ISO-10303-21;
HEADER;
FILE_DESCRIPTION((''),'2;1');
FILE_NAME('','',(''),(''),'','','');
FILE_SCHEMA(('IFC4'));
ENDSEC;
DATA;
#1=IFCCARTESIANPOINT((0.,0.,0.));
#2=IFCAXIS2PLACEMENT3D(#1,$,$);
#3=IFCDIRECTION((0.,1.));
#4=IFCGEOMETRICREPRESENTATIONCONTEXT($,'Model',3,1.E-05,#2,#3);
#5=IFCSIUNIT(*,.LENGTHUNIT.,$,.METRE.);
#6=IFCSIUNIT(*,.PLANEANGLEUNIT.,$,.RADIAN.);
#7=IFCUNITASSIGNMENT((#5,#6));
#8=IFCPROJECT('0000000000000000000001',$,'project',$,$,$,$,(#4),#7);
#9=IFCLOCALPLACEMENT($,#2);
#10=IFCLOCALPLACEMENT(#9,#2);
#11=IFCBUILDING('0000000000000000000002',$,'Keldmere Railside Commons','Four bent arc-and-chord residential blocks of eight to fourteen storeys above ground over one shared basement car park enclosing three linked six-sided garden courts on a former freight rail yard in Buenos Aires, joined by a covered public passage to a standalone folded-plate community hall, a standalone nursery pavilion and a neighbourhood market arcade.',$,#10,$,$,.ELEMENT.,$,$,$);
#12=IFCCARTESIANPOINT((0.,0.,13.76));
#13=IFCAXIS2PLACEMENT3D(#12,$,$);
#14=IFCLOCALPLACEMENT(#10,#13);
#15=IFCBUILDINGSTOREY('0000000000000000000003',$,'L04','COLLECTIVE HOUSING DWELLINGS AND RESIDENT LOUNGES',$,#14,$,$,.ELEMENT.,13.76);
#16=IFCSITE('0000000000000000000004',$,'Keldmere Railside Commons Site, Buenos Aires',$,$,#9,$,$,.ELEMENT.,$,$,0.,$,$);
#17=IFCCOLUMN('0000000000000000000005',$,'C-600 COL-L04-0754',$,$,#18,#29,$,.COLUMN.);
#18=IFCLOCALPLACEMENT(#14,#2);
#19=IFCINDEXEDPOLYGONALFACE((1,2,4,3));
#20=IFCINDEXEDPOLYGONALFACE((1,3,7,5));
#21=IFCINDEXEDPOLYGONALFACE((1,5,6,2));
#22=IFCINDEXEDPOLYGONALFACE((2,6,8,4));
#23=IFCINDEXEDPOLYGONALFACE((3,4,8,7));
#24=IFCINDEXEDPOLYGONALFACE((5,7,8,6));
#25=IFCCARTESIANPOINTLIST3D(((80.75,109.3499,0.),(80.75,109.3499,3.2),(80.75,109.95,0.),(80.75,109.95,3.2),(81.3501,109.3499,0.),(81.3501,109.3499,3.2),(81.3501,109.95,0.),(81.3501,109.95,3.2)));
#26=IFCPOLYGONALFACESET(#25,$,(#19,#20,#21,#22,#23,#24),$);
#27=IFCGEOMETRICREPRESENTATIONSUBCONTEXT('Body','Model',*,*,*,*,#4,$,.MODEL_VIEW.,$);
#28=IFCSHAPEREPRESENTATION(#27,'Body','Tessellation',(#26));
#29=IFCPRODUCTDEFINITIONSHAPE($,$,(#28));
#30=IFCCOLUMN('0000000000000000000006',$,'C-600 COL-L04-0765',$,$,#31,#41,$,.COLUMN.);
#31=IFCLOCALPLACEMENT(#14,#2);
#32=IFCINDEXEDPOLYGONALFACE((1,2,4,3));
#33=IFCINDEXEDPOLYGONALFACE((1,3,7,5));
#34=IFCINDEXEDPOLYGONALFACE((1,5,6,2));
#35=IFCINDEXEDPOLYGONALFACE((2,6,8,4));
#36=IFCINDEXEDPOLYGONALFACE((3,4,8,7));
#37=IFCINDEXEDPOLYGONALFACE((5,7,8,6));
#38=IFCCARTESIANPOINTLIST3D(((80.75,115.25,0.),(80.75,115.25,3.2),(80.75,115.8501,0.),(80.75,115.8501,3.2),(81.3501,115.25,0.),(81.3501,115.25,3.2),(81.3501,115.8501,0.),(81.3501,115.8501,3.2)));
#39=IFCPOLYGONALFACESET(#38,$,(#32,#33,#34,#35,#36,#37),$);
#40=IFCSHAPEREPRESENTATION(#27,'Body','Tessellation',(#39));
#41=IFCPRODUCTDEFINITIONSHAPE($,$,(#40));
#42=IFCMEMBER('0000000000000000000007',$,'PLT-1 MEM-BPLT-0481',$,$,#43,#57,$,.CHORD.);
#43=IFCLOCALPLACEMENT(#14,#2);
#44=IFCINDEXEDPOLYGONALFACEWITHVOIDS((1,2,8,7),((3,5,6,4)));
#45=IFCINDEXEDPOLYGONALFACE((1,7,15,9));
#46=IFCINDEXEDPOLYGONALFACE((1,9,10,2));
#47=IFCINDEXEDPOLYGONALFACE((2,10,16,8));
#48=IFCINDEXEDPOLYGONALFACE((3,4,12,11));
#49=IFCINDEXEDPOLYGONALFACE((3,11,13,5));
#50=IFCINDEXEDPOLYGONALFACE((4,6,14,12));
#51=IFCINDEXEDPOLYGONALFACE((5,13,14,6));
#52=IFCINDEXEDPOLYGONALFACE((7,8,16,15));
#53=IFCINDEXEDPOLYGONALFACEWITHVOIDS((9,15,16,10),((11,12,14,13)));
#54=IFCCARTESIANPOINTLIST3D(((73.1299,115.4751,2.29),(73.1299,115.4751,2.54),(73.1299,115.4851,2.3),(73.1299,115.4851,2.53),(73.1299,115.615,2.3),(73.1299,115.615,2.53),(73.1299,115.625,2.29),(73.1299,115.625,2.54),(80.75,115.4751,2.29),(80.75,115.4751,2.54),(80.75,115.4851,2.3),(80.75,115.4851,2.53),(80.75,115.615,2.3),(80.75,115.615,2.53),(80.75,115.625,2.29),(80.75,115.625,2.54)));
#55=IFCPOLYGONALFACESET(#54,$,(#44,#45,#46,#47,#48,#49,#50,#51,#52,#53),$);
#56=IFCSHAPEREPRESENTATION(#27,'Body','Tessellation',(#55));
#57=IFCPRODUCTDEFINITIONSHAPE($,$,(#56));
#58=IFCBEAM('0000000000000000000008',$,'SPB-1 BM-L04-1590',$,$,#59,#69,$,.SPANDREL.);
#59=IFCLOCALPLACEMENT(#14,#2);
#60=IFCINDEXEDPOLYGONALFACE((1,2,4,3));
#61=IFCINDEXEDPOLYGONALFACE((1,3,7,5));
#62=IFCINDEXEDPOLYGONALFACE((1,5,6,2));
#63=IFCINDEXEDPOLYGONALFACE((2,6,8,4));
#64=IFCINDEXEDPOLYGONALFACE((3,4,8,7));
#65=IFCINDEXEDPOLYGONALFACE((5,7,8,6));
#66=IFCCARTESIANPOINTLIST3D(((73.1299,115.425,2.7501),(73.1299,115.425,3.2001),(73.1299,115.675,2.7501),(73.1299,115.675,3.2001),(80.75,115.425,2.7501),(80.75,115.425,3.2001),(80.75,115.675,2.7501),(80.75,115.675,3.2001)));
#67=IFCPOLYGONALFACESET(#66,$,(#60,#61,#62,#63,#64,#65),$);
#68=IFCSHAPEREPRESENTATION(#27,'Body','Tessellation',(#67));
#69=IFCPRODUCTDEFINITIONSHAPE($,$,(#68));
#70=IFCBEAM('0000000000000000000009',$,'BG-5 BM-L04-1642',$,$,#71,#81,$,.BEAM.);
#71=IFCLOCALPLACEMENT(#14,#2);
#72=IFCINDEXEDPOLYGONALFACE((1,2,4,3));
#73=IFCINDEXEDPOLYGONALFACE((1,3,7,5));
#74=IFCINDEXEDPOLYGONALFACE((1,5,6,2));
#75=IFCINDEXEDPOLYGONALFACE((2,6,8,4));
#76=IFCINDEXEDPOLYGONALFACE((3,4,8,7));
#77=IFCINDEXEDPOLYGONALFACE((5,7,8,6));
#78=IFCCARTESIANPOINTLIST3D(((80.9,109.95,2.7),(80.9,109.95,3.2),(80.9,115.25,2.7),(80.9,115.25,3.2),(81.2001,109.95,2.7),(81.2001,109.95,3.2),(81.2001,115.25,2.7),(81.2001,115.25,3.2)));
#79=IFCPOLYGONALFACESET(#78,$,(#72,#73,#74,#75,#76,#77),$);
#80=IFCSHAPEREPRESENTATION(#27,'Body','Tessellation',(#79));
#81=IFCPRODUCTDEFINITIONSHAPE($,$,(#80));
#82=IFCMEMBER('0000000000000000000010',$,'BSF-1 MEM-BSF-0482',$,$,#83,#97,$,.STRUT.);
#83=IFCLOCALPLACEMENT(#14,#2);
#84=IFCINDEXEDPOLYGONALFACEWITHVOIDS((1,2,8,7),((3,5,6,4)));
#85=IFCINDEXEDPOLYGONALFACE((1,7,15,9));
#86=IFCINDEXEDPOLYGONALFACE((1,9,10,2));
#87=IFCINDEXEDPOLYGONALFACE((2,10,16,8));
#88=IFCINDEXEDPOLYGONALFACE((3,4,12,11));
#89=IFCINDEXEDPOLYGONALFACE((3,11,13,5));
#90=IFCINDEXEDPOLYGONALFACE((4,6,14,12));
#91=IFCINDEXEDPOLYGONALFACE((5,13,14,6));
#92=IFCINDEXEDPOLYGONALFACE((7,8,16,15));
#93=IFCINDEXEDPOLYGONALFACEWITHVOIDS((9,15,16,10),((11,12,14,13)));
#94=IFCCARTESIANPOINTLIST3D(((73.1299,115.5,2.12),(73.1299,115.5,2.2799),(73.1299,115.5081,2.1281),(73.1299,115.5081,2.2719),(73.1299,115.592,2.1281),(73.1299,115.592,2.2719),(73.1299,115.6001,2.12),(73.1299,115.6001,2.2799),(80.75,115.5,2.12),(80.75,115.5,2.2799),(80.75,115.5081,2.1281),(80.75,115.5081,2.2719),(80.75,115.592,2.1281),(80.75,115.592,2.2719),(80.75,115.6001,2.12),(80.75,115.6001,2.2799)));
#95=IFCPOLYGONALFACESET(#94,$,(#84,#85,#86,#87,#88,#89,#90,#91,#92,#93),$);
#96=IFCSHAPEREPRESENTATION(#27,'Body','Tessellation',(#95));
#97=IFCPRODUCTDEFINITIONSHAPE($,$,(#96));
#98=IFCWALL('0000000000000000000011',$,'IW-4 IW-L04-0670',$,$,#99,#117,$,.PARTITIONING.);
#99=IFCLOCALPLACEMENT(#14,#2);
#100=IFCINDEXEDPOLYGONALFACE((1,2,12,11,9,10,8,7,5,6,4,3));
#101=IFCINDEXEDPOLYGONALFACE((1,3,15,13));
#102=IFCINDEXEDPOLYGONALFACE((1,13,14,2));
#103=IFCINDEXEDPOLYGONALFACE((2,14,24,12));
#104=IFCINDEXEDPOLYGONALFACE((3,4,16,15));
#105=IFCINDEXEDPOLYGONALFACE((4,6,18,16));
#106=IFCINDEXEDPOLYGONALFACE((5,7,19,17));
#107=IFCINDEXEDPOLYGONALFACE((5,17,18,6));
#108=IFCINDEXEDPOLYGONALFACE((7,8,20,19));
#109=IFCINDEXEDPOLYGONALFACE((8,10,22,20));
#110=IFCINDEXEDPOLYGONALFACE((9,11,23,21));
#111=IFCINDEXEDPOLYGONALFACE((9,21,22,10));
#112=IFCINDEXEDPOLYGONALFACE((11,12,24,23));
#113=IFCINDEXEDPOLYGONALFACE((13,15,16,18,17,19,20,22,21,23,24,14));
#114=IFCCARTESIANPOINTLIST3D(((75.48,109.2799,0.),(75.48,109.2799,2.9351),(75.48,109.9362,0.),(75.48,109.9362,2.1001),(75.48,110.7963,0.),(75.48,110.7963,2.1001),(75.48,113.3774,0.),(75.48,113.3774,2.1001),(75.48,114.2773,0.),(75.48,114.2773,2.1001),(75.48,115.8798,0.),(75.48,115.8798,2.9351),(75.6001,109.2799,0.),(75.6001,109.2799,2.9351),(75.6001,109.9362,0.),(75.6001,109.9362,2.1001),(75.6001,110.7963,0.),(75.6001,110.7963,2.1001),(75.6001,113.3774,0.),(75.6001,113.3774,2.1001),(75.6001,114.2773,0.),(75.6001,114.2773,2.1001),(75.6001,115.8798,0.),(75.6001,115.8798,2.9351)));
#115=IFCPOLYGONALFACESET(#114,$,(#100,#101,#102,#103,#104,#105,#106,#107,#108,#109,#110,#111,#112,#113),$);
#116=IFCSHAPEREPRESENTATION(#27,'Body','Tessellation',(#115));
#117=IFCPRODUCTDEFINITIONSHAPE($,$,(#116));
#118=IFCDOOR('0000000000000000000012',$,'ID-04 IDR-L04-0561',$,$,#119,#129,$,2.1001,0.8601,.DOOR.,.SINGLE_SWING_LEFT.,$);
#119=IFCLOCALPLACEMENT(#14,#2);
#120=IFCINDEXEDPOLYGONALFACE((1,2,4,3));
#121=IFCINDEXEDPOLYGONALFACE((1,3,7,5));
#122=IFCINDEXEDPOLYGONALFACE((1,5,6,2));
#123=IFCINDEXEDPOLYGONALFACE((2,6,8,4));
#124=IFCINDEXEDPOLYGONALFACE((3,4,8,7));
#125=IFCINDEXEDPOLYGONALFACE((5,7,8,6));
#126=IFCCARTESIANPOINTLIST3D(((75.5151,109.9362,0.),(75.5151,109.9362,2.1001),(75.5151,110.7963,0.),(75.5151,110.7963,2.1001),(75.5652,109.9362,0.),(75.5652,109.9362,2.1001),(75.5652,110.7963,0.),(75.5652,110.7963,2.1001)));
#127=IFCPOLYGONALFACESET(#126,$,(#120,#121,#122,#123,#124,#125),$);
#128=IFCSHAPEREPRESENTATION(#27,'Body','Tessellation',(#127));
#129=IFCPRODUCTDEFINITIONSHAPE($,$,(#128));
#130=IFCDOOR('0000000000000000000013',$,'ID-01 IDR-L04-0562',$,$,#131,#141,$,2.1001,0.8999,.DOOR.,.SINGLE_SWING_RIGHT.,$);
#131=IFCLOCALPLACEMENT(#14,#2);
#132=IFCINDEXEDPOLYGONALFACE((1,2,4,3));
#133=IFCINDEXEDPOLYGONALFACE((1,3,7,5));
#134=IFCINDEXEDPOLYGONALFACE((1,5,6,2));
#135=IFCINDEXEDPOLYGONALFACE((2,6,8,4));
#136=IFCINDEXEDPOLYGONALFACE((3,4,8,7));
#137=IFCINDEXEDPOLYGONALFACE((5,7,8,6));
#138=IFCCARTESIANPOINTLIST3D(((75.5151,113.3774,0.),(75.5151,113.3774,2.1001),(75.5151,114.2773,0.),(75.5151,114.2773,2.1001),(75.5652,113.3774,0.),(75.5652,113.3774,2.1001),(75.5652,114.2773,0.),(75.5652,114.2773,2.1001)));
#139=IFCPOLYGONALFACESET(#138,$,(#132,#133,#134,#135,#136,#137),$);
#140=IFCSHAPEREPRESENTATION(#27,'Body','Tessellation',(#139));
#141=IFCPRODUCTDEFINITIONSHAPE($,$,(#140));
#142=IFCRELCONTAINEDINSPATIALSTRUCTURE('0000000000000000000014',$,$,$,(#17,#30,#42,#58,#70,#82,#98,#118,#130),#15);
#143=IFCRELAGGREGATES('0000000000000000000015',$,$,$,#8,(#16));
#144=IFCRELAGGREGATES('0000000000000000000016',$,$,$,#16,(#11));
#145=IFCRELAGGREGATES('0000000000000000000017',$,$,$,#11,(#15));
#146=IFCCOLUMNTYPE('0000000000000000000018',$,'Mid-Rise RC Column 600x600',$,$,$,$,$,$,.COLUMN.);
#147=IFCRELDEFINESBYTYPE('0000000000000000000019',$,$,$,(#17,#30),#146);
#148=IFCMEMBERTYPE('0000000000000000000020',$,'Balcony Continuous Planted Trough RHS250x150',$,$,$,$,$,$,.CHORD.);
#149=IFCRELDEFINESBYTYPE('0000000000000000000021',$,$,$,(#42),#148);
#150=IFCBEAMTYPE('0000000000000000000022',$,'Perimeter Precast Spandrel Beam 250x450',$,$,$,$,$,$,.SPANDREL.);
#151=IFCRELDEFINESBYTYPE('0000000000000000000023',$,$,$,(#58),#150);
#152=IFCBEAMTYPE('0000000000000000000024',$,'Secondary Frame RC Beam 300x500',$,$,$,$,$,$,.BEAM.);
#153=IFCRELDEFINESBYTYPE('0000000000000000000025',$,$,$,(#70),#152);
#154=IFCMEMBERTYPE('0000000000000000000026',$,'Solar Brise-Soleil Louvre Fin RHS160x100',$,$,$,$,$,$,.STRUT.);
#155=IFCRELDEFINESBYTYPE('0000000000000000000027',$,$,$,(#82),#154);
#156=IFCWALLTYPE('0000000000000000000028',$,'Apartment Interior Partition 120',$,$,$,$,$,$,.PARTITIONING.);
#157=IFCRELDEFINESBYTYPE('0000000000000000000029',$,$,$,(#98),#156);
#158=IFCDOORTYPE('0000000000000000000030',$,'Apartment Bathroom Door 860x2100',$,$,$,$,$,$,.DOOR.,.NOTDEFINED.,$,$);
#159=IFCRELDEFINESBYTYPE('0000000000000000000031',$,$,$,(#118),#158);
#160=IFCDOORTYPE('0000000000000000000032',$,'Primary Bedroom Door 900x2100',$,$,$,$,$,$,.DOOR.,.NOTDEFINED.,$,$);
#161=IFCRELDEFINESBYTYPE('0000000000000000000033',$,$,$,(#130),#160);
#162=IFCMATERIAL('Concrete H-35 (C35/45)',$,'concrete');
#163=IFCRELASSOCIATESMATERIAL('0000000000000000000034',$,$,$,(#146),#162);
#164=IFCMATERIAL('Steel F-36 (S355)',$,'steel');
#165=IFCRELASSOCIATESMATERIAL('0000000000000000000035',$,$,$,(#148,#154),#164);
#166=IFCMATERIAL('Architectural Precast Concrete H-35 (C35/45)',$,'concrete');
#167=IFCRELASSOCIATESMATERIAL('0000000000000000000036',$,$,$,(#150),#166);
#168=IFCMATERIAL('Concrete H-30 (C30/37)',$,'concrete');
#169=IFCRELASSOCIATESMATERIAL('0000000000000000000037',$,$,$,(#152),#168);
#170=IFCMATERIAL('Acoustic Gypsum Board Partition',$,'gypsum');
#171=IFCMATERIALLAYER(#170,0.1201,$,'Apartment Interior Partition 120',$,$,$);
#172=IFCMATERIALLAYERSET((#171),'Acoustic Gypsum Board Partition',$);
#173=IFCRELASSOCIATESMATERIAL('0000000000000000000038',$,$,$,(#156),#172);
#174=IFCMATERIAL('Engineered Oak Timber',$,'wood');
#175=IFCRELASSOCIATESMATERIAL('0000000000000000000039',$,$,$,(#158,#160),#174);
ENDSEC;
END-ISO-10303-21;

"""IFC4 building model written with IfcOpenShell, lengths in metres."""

from ifc_helpers import new_model, si_unit, direction, frame, frame_2d, origin, origin_2d, place, context, subcontext, project, spatial, rectangle, hollow_rectangle, extrude, material, layer, layer_set, material_profile, profile_set, type_object, element, fill, save


model = new_model("IFC4")

# Units and contexts
model_context = context("Model", 3, precision=1e-05, world=origin(), true_north=direction((0.0, 1.0)))
body_context = subcontext(model_context, "Body", "Model", "MODEL_VIEW")
ifc_project = project(units=[si_unit("LENGTHUNIT", "METRE"), si_unit("PLANEANGLEUNIT", "RADIAN")], contexts=[model_context])

# Site, building, storey
site_placement = place(None, origin())
site = spatial("IfcSite", under=ifc_project, at=site_placement, Name="Keldmere Railside Commons Site, Buenos Aires", CompositionType="ELEMENT", RefElevation=0.0)
building_placement = place(site_placement, origin())
building = spatial("IfcBuilding", under=site, at=building_placement, Name="Keldmere Railside Commons", Description="Four bent arc-and-chord residential blocks of eight to fourteen storeys above ground over one shared basement car park enclosing three linked six-sided garden courts on a former freight rail yard in Buenos Aires, joined by a covered public passage to a standalone folded-plate community hall, a standalone nursery pavilion and a neighbourhood market arcade.", CompositionType="ELEMENT")
storey_placement = place(building_placement, frame((0.0, 0.0, 13.76)))
storey = spatial("IfcBuildingStorey", under=building, at=storey_placement, Name="L04", Description="COLLECTIVE HOUSING DWELLINGS AND RESIDENT LOUNGES", CompositionType="ELEMENT", Elevation=13.76)

# Columns
ifc_material_1 = material(Name="Concrete H-35 (C35/45)", Category="concrete")
ifc_material_profile_1 = material_profile(ifc_material_1, rectangle(XDim=0.6001, YDim=0.6001, at=origin_2d()), Name="RC-600x600")
ifc_profile_set_1 = profile_set([ifc_material_profile_1], Name="Concrete H-35 (C35/45)")
column_type = type_object("IfcColumnType", Name="Mid-Rise RC Column 600x600", PredefinedType="COLUMN", material=ifc_profile_set_1)
for number, where, z_axis, x_axis, name in (
    (1, (81.05, 109.6499, 0.0), (0.0, 0.0, 1.0), (1.0, 0.0, 0.0), "C-600 COL-L04-0754"),
    (2, (81.05, 115.55, 0.0), (0.0, 0.0, 1.0), (1.0, 0.0, 0.0), "C-600 COL-L04-0765"),
):
    element("IfcColumn", number, at=place(storey_placement, frame(where, z_axis=z_axis, x_axis=x_axis)), inside=storey, type_object=column_type, Name=name, PredefinedType="COLUMN", context=body_context, shape_type="SweptSolid", body=[
        extrude(rectangle(XDim=0.6001, YDim=0.6001, at=origin_2d()), origin(), (0.0, 0.0, 1.0), 3.2),
    ])

# Member
ifc_material_2 = material(Name="Steel F-36 (S355)", Category="steel")
ifc_material_profile_2 = material_profile(ifc_material_2, hollow_rectangle(XDim=0.1499, YDim=0.25, WallThickness=0.01, at=origin_2d()), Name="RHS-250x150x10")
ifc_profile_set_2 = profile_set([ifc_material_profile_2], Name="Steel F-36 (S355)")
member_type_1 = type_object("IfcMemberType", Name="Balcony Continuous Planted Trough RHS250x150", PredefinedType="CHORD", material=ifc_profile_set_2)
member_1_placement = place(storey_placement, frame((73.1299, 115.55, 2.415), z_axis=(1.0, 0.0, 0.0), x_axis=(0.0, 1.0, 0.0)))
element("IfcMember", 3, at=member_1_placement, inside=storey, type_object=member_type_1, Name="PLT-1 MEM-BPLT-0481", PredefinedType="CHORD", context=body_context, shape_type="SweptSolid", body=[
    extrude(hollow_rectangle(XDim=0.1499, YDim=0.25, WallThickness=0.01, at=origin_2d()), origin(), (0.0, 0.0, 1.0), 7.6201),
])

# Beams
ifc_material_3 = material(Name="Architectural Precast Concrete H-35 (C35/45)", Category="concrete")
ifc_material_profile_3 = material_profile(ifc_material_3, rectangle(XDim=0.25, YDim=0.45, at=origin_2d()), Name="RC-250x450")
ifc_profile_set_3 = profile_set([ifc_material_profile_3], Name="Architectural Precast Concrete H-35 (C35/45)")
beam_type_1 = type_object("IfcBeamType", Name="Perimeter Precast Spandrel Beam 250x450", PredefinedType="SPANDREL", material=ifc_profile_set_3)
beam_1_placement = place(storey_placement, frame((73.1299, 115.55, 2.9751), z_axis=(1.0, 0.0, 0.0), x_axis=(0.0, 1.0, 0.0)))
element("IfcBeam", 4, at=beam_1_placement, inside=storey, type_object=beam_type_1, Name="SPB-1 BM-L04-1590", PredefinedType="SPANDREL", context=body_context, shape_type="SweptSolid", body=[
    extrude(rectangle(XDim=0.25, YDim=0.45, at=origin_2d()), origin(), (0.0, 0.0, 1.0), 7.6201),
])
ifc_material_4 = material(Name="Concrete H-30 (C30/37)", Category="concrete")
ifc_material_profile_4 = material_profile(ifc_material_4, rectangle(XDim=0.3, YDim=0.5, at=origin_2d()), Name="RC-300x500")
ifc_profile_set_4 = profile_set([ifc_material_profile_4], Name="Concrete H-30 (C30/37)")
beam_type_2 = type_object("IfcBeamType", Name="Secondary Frame RC Beam 300x500", PredefinedType="BEAM", material=ifc_profile_set_4)
beam_2_placement = place(storey_placement, frame((81.05, 109.95, 2.95), z_axis=(0.0, 1.0, 0.0), x_axis=(-1.0, 0.0, 0.0)))
element("IfcBeam", 5, at=beam_2_placement, inside=storey, type_object=beam_type_2, Name="BG-5 BM-L04-1642", PredefinedType="BEAM", context=body_context, shape_type="SweptSolid", body=[
    extrude(rectangle(XDim=0.3, YDim=0.5, at=origin_2d()), origin(), (0.0, 0.0, 1.0), 5.3),
])

# Member
ifc_material_profile_5 = material_profile(ifc_material_2, hollow_rectangle(XDim=0.1001, YDim=0.1599, WallThickness=0.0081, at=origin_2d()), Name="RHS-160x100x8")
ifc_profile_set_5 = profile_set([ifc_material_profile_5], Name="Steel F-36 (S355)")
member_type_2 = type_object("IfcMemberType", Name="Solar Brise-Soleil Louvre Fin RHS160x100", PredefinedType="STRUT", material=ifc_profile_set_5)
member_2_placement = place(storey_placement, frame((73.1299, 115.55, 2.2), z_axis=(1.0, 0.0, 0.0), x_axis=(0.0, 1.0, 0.0)))
element("IfcMember", 6, at=member_2_placement, inside=storey, type_object=member_type_2, Name="BSF-1 MEM-BSF-0482", PredefinedType="STRUT", context=body_context, shape_type="SweptSolid", body=[
    extrude(hollow_rectangle(XDim=0.1001, YDim=0.1599, WallThickness=0.0081, at=origin_2d()), origin(), (0.0, 0.0, 1.0), 7.6201),
])

# Wall, openings, doors
ifc_material_5 = material(Name="Acoustic Gypsum Board Partition", Category="gypsum")
ifc_layer_1 = layer(ifc_material_5, 0.1201, Name="Apartment Interior Partition 120")
ifc_layer_set_1 = layer_set([ifc_layer_1], Name="Acoustic Gypsum Board Partition")
wall_type_1 = type_object("IfcWallType", Name="Apartment Interior Partition 120", PredefinedType="PARTITIONING", material=ifc_layer_set_1)
wall_1_placement = place(storey_placement, frame((75.54, 109.28, 0.0), z_axis=(0.0, 0.0, 1.0), x_axis=(0.0, 1.0, 0.0)))
wall_1 = element("IfcWall", 7, at=wall_1_placement, inside=storey, type_object=wall_type_1, Name="IW-4 IW-L04-0670", PredefinedType="PARTITIONING", context=body_context, shape_type="SweptSolid", body=[
    extrude(rectangle(XDim=6.5999, YDim=0.1201, at=frame_2d((3.2998, 0.0))), origin(), (0.0, 0.0, 1.0), 2.9351),
])
opening_1_placement = place(wall_1_placement, frame((0.656, 0.0, 0.0)))
opening_1 = element("IfcOpeningElement", 8, at=opening_1_placement, cuts=wall_1, PredefinedType="OPENING", context=body_context, shape_type="SweptSolid", body=[
    extrude(rectangle(XDim=0.8601, YDim=2.1001, at=frame_2d((0.4302, 1.05))), frame((0.0, 0.0701, 0.0), z_axis=(0.0, -1.0, 0.0), x_axis=(1.0, 0.0, 0.0)), (0.0, 0.0, 1.0), 0.1401),
])
opening_2_placement = place(wall_1_placement, frame((4.0974, 0.0, 0.0)))
opening_2 = element("IfcOpeningElement", 9, at=opening_2_placement, cuts=wall_1, PredefinedType="OPENING", context=body_context, shape_type="SweptSolid", body=[
    extrude(rectangle(XDim=0.8999, YDim=2.1001, at=frame_2d((0.45, 1.05))), frame((0.0, 0.0701, 0.0), z_axis=(0.0, -1.0, 0.0), x_axis=(1.0, 0.0, 0.0)), (0.0, 0.0, 1.0), 0.1401),
])
ifc_material_6 = material(Name="Engineered Oak Timber", Category="wood")
door_type_1 = type_object("IfcDoorType", Name="Apartment Bathroom Door 860x2100", OperationType="NOTDEFINED", PredefinedType="DOOR", material=ifc_material_6)
door_1_placement = place(opening_1_placement, origin())
door_1 = element("IfcDoor", 10, at=door_1_placement, inside=storey, type_object=door_type_1, Name="ID-04 IDR-L04-0561", OperationType="SINGLE_SWING_LEFT", OverallHeight=2.1001, OverallWidth=0.8601, PredefinedType="DOOR", context=body_context, shape_type="SweptSolid", body=[
    extrude(rectangle(XDim=0.8601, YDim=2.1001, at=frame_2d((0.4302, 1.05))), frame((0.0, 0.0249, 0.0), z_axis=(0.0, -1.0, 0.0), x_axis=(1.0, 0.0, 0.0)), (0.0, 0.0, 1.0), 0.05),
])
fill(opening_1, door_1)
door_type_2 = type_object("IfcDoorType", Name="Primary Bedroom Door 900x2100", OperationType="NOTDEFINED", PredefinedType="DOOR", material=ifc_material_6)
door_2_placement = place(opening_2_placement, origin())
door_2 = element("IfcDoor", 11, at=door_2_placement, inside=storey, type_object=door_type_2, Name="ID-01 IDR-L04-0562", OperationType="SINGLE_SWING_RIGHT", OverallHeight=2.1001, OverallWidth=0.8999, PredefinedType="DOOR", context=body_context, shape_type="SweptSolid", body=[
    extrude(rectangle(XDim=0.8999, YDim=2.1001, at=frame_2d((0.45, 1.05))), frame((0.0, 0.0249, 0.0), z_axis=(0.0, -1.0, 0.0), x_axis=(1.0, 0.0, 0.0)), (0.0, 0.0, 1.0), 0.05),
])
fill(opening_2, door_2)

save(model, "model.ifc")
